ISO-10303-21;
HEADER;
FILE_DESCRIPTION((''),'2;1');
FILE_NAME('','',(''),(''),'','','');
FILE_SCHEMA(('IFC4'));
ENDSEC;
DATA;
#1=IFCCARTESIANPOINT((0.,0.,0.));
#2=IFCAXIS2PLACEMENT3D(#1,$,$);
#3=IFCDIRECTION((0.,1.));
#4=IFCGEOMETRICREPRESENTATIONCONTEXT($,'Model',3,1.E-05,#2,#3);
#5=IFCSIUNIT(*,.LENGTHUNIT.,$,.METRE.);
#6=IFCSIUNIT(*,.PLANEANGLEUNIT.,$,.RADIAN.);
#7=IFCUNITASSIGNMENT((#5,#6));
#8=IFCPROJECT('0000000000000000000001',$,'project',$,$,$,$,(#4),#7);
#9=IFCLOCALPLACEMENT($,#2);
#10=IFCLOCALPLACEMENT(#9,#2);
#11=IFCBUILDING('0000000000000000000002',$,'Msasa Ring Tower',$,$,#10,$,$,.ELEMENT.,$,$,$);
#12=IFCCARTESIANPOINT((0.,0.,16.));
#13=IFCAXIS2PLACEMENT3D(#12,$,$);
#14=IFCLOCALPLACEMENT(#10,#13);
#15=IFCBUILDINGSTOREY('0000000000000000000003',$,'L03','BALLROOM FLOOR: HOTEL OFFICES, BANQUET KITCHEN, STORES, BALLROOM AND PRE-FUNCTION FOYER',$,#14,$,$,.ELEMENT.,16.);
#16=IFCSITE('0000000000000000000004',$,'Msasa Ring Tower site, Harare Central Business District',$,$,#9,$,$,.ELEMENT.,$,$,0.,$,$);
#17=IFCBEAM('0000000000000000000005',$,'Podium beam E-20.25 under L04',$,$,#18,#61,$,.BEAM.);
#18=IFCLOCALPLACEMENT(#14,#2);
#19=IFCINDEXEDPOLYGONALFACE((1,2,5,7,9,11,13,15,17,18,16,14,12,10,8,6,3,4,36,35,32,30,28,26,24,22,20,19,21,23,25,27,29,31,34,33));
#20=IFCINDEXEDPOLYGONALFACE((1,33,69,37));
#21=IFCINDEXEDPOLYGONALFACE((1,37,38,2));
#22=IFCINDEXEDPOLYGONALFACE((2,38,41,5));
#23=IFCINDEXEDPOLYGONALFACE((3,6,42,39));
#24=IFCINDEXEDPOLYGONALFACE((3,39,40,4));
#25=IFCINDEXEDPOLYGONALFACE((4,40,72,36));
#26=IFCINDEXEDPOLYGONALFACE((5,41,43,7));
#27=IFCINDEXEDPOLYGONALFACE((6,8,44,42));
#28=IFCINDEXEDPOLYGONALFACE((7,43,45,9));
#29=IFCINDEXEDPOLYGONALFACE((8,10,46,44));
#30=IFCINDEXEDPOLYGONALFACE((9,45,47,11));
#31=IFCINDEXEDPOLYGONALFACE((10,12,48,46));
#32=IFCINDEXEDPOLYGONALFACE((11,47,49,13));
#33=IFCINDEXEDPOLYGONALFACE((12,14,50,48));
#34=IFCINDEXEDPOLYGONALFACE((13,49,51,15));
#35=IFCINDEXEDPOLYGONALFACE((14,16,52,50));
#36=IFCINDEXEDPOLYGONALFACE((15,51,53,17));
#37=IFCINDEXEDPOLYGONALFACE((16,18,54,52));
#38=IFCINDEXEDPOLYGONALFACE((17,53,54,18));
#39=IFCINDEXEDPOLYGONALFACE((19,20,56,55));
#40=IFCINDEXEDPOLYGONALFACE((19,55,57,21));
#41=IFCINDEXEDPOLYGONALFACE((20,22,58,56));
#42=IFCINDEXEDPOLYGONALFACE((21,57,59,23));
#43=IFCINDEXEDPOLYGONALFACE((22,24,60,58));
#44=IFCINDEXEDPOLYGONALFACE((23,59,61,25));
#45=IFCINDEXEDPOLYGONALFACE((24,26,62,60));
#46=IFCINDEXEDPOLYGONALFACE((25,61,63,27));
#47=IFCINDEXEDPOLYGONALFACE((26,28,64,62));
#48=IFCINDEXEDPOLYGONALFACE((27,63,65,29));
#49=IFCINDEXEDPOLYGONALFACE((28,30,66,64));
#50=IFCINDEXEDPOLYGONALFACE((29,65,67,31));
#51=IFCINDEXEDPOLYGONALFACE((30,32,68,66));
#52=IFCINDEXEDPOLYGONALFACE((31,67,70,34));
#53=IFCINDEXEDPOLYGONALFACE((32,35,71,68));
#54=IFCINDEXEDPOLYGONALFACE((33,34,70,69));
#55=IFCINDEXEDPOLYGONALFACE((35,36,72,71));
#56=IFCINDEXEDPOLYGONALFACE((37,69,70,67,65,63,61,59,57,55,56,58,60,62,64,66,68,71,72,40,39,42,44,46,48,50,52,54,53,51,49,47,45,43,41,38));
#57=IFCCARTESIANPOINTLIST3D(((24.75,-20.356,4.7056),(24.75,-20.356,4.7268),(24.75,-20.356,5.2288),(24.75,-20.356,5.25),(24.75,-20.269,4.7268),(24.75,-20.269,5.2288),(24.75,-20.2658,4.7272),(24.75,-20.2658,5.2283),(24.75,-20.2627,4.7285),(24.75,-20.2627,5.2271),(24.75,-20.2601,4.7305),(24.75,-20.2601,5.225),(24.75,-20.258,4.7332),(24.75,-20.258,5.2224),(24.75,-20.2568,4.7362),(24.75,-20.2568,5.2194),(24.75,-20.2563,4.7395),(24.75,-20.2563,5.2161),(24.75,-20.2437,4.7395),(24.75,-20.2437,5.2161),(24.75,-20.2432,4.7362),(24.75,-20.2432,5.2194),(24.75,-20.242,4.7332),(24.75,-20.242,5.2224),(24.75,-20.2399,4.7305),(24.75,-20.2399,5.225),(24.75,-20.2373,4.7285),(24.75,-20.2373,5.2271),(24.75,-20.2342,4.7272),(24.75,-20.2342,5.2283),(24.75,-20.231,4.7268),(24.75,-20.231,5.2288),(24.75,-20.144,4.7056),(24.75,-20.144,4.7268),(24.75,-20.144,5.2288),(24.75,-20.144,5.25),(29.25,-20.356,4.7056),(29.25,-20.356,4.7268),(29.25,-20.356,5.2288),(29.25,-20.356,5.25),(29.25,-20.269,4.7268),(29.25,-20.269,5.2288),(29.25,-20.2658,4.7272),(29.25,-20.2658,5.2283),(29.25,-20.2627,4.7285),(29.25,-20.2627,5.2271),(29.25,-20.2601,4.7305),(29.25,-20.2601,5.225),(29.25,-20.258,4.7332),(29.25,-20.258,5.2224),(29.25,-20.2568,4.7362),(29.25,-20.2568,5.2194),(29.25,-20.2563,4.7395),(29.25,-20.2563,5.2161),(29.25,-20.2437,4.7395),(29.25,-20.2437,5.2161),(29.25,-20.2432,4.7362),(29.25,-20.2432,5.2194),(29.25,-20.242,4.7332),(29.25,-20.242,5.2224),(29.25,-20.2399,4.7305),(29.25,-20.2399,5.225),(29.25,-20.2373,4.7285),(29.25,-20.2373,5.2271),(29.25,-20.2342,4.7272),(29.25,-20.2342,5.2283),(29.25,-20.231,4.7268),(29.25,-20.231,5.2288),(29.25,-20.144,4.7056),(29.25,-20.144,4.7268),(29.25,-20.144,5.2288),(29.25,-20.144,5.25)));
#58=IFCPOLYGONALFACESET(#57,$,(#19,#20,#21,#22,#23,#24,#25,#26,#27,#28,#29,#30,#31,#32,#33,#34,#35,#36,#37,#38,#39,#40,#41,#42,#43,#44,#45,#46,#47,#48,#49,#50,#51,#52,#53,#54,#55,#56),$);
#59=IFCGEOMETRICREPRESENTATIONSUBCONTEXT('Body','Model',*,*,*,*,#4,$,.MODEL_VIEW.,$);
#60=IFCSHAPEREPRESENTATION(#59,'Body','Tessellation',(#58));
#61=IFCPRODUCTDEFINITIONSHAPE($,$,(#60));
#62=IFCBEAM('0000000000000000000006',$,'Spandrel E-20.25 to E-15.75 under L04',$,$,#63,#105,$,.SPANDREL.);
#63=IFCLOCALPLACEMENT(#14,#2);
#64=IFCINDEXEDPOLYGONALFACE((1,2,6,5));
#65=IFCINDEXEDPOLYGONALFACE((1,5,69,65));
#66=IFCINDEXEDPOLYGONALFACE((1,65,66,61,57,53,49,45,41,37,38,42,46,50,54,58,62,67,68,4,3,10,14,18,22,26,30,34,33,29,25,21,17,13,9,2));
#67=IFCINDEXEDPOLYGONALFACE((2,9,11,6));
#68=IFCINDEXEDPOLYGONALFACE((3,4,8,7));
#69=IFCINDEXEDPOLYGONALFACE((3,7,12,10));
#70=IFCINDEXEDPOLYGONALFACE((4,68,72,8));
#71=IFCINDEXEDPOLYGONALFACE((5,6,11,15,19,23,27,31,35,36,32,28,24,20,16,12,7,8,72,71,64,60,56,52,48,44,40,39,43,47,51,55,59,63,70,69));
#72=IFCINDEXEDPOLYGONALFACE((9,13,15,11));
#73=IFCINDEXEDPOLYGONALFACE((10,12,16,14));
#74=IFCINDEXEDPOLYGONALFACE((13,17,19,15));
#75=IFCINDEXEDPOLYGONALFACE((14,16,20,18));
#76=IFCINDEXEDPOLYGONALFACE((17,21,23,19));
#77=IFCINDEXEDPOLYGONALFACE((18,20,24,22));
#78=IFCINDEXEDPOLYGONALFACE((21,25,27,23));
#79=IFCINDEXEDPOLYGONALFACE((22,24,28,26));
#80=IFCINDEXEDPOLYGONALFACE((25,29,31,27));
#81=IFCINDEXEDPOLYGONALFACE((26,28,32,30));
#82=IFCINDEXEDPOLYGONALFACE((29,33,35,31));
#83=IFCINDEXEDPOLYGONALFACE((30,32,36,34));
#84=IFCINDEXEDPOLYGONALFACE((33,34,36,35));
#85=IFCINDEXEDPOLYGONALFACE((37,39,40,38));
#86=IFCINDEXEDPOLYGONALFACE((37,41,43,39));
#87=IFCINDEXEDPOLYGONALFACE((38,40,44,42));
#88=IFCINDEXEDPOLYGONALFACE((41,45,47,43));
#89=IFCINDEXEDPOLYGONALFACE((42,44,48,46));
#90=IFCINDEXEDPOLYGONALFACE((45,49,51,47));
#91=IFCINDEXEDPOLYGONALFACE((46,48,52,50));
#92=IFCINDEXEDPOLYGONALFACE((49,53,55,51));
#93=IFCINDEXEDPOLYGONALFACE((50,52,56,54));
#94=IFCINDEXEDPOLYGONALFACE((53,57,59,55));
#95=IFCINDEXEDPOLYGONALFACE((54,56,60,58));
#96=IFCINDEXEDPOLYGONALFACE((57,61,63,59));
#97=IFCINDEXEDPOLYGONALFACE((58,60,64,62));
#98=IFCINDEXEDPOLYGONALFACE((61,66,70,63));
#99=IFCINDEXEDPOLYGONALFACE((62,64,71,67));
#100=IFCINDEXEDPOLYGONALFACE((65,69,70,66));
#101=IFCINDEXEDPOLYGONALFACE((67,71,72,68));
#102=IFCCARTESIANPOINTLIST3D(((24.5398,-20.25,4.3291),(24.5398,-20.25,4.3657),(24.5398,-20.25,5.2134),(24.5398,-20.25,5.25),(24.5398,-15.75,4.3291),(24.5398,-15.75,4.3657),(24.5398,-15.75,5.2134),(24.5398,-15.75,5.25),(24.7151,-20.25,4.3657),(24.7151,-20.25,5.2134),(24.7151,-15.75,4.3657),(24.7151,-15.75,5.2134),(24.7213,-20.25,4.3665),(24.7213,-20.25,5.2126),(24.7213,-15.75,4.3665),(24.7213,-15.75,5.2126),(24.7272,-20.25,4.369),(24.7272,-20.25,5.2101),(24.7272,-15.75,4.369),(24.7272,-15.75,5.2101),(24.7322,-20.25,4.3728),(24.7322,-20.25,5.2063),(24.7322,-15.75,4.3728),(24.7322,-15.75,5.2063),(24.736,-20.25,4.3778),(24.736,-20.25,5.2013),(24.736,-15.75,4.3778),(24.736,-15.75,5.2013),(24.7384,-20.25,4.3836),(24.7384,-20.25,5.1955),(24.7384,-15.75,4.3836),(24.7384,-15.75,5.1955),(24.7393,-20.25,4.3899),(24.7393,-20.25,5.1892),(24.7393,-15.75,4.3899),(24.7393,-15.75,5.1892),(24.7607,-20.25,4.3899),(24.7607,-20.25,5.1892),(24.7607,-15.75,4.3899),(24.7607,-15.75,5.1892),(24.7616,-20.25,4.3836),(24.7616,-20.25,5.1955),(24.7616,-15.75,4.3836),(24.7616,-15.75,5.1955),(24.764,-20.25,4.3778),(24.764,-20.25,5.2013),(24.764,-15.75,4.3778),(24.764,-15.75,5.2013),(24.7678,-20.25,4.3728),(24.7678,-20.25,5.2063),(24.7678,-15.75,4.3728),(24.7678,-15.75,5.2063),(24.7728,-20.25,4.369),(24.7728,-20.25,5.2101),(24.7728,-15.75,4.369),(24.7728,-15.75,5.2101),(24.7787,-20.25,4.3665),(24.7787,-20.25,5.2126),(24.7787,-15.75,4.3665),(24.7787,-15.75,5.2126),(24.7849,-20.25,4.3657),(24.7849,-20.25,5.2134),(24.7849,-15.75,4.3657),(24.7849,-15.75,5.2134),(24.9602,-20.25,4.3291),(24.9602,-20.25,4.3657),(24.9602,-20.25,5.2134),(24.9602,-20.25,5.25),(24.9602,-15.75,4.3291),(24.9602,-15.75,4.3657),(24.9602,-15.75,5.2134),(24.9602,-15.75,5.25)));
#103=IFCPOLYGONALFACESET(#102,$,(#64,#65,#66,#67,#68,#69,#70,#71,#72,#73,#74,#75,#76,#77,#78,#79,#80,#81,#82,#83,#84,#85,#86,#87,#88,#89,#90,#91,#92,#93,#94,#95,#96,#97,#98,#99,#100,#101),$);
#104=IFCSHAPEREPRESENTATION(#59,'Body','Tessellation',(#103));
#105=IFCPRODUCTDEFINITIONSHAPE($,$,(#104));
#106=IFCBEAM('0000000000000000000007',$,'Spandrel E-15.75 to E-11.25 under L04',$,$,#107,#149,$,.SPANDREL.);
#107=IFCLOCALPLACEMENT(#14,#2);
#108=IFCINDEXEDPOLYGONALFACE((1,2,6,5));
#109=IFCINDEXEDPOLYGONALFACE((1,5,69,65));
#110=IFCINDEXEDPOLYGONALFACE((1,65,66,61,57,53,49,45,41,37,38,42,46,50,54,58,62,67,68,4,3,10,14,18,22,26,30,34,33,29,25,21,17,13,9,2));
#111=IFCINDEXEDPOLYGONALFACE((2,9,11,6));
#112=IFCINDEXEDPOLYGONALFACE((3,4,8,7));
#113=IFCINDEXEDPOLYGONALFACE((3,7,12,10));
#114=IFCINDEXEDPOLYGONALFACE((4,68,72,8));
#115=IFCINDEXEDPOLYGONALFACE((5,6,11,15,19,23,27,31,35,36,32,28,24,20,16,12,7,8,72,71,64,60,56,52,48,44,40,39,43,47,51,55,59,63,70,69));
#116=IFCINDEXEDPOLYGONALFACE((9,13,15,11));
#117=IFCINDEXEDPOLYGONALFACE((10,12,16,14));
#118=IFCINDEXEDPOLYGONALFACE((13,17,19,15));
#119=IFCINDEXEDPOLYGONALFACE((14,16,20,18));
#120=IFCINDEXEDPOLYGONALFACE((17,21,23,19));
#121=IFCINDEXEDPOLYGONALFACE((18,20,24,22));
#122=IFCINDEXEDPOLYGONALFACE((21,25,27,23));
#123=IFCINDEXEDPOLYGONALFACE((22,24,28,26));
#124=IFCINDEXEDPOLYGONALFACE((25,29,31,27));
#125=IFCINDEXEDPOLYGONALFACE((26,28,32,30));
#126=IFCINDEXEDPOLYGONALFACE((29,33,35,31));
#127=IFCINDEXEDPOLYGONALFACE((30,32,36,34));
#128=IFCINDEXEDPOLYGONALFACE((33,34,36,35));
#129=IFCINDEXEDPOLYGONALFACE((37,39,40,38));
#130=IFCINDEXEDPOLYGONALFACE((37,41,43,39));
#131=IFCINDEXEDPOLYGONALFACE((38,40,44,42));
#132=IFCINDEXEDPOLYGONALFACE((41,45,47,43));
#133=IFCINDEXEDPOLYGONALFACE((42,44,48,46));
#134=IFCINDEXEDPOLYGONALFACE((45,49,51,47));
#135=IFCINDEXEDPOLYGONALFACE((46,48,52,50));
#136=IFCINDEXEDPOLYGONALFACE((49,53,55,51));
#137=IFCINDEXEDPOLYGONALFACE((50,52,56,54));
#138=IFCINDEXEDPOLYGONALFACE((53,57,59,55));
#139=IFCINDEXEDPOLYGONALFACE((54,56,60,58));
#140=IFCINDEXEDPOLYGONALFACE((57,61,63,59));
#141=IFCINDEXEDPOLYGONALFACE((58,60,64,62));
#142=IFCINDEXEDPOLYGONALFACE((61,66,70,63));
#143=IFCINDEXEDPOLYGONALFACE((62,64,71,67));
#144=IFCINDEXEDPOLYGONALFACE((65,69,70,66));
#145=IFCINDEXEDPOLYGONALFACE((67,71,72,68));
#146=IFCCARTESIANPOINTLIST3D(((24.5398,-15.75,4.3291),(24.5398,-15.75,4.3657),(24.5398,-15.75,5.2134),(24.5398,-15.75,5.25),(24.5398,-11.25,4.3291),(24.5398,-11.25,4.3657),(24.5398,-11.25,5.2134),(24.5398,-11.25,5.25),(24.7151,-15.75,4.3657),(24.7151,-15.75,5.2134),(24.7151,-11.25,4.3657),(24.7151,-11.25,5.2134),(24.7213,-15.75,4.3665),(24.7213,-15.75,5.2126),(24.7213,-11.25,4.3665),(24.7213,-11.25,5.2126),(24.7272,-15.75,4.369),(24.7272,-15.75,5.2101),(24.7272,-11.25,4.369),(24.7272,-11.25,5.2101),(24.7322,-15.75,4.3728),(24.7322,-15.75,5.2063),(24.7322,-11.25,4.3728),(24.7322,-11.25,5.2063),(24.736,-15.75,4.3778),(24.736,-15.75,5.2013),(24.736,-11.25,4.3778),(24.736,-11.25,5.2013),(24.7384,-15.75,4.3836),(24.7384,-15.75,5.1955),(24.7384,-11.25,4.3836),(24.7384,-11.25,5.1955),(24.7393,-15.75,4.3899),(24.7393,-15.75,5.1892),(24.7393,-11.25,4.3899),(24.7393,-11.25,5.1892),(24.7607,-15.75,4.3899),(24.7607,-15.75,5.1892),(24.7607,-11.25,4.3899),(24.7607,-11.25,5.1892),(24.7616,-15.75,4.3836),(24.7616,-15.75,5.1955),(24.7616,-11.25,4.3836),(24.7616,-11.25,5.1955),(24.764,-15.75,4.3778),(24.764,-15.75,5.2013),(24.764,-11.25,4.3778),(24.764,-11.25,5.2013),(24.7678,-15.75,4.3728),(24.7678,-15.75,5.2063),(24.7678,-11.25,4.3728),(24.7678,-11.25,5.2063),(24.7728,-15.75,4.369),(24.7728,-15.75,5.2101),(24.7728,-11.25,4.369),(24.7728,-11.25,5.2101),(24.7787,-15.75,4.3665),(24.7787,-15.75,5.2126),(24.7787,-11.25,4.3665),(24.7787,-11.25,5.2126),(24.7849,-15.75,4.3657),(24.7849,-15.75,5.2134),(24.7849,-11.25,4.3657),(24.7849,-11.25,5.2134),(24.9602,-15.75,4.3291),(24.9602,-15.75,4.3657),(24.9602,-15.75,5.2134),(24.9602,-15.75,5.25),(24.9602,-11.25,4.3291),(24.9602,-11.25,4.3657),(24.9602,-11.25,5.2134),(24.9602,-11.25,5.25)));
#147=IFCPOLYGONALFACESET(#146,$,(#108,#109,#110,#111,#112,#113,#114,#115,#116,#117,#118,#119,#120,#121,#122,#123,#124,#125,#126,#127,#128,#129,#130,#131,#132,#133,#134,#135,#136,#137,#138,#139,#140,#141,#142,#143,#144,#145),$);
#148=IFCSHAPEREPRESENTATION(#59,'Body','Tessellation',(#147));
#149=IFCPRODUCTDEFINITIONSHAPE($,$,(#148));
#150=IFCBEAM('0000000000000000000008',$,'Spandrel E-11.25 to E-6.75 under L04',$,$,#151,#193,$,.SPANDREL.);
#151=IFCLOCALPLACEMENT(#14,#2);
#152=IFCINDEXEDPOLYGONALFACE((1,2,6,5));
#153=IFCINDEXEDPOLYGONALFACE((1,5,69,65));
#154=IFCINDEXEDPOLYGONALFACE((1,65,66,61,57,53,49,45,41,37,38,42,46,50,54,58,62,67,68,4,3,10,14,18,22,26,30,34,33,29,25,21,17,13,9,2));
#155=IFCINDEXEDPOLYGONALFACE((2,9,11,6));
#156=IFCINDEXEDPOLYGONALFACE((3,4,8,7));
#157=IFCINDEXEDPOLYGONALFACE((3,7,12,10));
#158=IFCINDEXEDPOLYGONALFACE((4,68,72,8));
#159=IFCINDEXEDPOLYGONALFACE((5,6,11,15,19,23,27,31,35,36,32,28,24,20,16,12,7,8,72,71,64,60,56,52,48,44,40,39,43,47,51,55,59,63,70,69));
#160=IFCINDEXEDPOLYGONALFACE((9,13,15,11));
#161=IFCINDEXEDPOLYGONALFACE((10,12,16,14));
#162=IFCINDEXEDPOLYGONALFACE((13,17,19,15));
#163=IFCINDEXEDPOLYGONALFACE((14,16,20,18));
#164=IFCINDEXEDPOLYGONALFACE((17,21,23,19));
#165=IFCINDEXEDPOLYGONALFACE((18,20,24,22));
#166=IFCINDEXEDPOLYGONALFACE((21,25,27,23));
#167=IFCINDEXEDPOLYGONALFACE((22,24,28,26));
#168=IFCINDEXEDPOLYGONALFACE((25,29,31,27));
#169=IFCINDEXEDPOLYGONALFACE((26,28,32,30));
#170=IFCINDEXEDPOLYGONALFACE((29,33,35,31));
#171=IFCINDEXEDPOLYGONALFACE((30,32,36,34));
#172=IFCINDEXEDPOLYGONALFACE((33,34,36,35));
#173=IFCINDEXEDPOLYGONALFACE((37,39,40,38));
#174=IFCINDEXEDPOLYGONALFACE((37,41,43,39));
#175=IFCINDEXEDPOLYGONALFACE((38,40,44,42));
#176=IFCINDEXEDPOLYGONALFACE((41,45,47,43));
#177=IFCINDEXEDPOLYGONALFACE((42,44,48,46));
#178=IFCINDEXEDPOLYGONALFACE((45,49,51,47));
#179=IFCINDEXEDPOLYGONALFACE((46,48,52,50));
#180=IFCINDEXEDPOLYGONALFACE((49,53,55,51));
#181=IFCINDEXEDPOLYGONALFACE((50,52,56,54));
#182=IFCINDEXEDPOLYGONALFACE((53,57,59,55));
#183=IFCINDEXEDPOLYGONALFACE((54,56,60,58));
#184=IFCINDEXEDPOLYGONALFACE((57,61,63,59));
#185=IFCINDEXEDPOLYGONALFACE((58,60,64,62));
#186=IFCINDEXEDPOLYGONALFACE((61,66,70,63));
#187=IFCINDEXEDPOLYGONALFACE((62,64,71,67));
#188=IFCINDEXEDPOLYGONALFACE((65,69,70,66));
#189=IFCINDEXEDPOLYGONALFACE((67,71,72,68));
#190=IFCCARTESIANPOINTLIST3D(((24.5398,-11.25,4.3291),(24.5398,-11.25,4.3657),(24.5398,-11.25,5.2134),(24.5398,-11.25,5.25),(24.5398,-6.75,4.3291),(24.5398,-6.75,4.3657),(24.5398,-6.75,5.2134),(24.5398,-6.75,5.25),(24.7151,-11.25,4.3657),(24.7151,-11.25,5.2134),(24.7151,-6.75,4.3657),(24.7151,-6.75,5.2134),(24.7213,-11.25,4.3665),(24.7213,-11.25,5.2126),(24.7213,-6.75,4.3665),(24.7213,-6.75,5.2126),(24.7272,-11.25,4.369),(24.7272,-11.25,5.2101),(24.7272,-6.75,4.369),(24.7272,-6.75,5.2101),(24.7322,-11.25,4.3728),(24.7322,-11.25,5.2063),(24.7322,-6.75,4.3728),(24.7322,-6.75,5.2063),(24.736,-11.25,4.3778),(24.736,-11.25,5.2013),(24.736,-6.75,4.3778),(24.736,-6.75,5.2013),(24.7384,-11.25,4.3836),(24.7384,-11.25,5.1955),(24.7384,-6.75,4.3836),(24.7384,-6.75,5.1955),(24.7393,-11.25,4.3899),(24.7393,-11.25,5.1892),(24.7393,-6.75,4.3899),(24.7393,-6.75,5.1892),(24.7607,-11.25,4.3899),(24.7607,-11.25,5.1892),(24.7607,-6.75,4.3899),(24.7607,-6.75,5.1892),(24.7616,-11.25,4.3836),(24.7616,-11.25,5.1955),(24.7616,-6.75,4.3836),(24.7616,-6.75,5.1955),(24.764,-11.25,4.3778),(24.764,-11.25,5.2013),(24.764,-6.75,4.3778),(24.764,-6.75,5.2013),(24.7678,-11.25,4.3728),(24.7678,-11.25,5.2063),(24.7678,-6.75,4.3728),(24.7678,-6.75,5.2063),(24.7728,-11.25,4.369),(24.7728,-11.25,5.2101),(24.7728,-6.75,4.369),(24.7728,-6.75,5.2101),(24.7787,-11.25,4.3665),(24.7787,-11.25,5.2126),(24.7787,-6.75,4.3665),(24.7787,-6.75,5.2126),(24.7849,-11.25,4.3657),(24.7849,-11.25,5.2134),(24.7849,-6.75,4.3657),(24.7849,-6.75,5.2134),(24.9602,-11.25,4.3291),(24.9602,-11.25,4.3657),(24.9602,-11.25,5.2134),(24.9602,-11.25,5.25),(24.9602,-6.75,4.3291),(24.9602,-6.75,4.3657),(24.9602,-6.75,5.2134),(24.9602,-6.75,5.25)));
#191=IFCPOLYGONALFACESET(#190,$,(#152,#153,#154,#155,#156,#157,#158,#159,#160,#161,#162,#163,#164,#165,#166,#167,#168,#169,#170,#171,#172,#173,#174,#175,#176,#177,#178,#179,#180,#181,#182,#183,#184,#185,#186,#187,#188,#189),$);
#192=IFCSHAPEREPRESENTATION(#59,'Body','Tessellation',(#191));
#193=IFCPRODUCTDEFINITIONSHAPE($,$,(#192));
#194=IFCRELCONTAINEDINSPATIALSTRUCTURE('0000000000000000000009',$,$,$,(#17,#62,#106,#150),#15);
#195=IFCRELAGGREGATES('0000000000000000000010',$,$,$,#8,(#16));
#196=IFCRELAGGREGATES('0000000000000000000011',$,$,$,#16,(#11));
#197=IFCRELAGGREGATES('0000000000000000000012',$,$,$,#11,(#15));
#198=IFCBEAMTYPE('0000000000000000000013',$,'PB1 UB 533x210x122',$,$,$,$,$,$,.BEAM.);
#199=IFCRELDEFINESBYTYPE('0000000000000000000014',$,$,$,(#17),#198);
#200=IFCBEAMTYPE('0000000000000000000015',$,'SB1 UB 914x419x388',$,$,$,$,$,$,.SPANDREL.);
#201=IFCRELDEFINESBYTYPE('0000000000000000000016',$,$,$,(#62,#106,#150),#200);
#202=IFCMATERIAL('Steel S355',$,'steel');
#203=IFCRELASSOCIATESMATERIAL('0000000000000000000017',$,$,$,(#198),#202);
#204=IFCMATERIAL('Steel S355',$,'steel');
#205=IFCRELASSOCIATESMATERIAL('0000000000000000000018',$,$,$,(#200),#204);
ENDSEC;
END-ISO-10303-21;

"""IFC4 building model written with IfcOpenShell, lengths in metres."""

from ifc_helpers import new_model, si_unit, direction, frame, origin, origin_2d, place, context, subcontext, project, spatial, i_section, extrude, material, material_profile, profile_set, type_object, element, save


model = new_model("IFC4")

# Units and contexts
model_context = context("Model", 3, precision=1e-05, world=origin(), true_north=direction((0.0, 1.0)))
body_context = subcontext(model_context, "Body", "Model", "MODEL_VIEW")
ifc_project = project(units=[si_unit("LENGTHUNIT", "METRE"), si_unit("PLANEANGLEUNIT", "RADIAN")], contexts=[model_context])

# Site, building, storey
site_placement = place(None, origin())
site = spatial("IfcSite", under=ifc_project, at=site_placement, Name="Msasa Ring Tower site, Harare Central Business District", CompositionType="ELEMENT", RefElevation=0.0)
building_placement = place(site_placement, origin())
building = spatial("IfcBuilding", under=site, at=building_placement, Name="Msasa Ring Tower", CompositionType="ELEMENT")
storey_placement = place(building_placement, frame((0.0, 0.0, 16.0)))
storey = spatial("IfcBuildingStorey", under=building, at=storey_placement, Name="L03", Description="BALLROOM FLOOR: HOTEL OFFICES, BANQUET KITCHEN, STORES, BALLROOM AND PRE-FUNCTION FOYER", CompositionType="ELEMENT", Elevation=16.0)

# Beams
ifc_material_1 = material(Name="Steel S355", Category="steel")
ifc_material_profile_1 = material_profile(ifc_material_1, i_section(OverallWidth=0.2119, OverallDepth=0.5444, WebThickness=0.0127, FlangeThickness=0.0212, FilletRadius=0.0127, at=origin_2d()), Name="UB 533x210x122")
ifc_profile_set_1 = profile_set([ifc_material_profile_1], Name="Steel S355")
beam_type_1 = type_object("IfcBeamType", Name="PB1 UB 533x210x122", PredefinedType="BEAM", material=ifc_profile_set_1)
beam_placement = place(storey_placement, frame((29.25, -20.25, 4.9778), z_axis=(-1.0, 0.0, 0.0), x_axis=(0.0, -1.0, 0.0)))
element("IfcBeam", 1, at=beam_placement, inside=storey, type_object=beam_type_1, Name="Podium beam E-20.25 under L04", PredefinedType="BEAM", context=body_context, shape_type="SweptSolid", body=[
    extrude(i_section(OverallWidth=0.2119, OverallDepth=0.5444, WebThickness=0.0127, FlangeThickness=0.0212, FilletRadius=0.0127, at=origin_2d()), origin(), (0.0, 0.0, 1.0), 4.5),
])
ifc_material_2 = material(Name="Steel S355", Category="steel")
ifc_material_profile_2 = material_profile(ifc_material_2, i_section(OverallWidth=0.4204, OverallDepth=0.9209, WebThickness=0.0215, FlangeThickness=0.0366, FilletRadius=0.0242, at=origin_2d()), Name="UB 914x419x388")
ifc_profile_set_2 = profile_set([ifc_material_profile_2], Name="Steel S355")
beam_type_2 = type_object("IfcBeamType", Name="SB1 UB 914x419x388", PredefinedType="SPANDREL", material=ifc_profile_set_2)
for number, where, z_axis, x_axis, name in (
    (2, (24.75, -20.25, 4.7896), (0.0, 1.0, 0.0), (-1.0, 0.0, 0.0), "Spandrel E-20.25 to E-15.75 under L04"),
    (3, (24.75, -15.75, 4.7896), (0.0, 1.0, 0.0), (-1.0, 0.0, 0.0), "Spandrel E-15.75 to E-11.25 under L04"),
    (4, (24.75, -11.25, 4.7896), (0.0, 1.0, 0.0), (-1.0, 0.0, 0.0), "Spandrel E-11.25 to E-6.75 under L04"),
):
    element("IfcBeam", number, at=place(storey_placement, frame(where, z_axis=z_axis, x_axis=x_axis)), inside=storey, type_object=beam_type_2, Name=name, PredefinedType="SPANDREL", context=body_context, shape_type="SweptSolid", body=[
        extrude(i_section(OverallWidth=0.4204, OverallDepth=0.9209, WebThickness=0.0215, FlangeThickness=0.0366, FilletRadius=0.0242, at=origin_2d()), origin(), (0.0, 0.0, 1.0), 4.5),
    ])

save(model, "model.ifc")
